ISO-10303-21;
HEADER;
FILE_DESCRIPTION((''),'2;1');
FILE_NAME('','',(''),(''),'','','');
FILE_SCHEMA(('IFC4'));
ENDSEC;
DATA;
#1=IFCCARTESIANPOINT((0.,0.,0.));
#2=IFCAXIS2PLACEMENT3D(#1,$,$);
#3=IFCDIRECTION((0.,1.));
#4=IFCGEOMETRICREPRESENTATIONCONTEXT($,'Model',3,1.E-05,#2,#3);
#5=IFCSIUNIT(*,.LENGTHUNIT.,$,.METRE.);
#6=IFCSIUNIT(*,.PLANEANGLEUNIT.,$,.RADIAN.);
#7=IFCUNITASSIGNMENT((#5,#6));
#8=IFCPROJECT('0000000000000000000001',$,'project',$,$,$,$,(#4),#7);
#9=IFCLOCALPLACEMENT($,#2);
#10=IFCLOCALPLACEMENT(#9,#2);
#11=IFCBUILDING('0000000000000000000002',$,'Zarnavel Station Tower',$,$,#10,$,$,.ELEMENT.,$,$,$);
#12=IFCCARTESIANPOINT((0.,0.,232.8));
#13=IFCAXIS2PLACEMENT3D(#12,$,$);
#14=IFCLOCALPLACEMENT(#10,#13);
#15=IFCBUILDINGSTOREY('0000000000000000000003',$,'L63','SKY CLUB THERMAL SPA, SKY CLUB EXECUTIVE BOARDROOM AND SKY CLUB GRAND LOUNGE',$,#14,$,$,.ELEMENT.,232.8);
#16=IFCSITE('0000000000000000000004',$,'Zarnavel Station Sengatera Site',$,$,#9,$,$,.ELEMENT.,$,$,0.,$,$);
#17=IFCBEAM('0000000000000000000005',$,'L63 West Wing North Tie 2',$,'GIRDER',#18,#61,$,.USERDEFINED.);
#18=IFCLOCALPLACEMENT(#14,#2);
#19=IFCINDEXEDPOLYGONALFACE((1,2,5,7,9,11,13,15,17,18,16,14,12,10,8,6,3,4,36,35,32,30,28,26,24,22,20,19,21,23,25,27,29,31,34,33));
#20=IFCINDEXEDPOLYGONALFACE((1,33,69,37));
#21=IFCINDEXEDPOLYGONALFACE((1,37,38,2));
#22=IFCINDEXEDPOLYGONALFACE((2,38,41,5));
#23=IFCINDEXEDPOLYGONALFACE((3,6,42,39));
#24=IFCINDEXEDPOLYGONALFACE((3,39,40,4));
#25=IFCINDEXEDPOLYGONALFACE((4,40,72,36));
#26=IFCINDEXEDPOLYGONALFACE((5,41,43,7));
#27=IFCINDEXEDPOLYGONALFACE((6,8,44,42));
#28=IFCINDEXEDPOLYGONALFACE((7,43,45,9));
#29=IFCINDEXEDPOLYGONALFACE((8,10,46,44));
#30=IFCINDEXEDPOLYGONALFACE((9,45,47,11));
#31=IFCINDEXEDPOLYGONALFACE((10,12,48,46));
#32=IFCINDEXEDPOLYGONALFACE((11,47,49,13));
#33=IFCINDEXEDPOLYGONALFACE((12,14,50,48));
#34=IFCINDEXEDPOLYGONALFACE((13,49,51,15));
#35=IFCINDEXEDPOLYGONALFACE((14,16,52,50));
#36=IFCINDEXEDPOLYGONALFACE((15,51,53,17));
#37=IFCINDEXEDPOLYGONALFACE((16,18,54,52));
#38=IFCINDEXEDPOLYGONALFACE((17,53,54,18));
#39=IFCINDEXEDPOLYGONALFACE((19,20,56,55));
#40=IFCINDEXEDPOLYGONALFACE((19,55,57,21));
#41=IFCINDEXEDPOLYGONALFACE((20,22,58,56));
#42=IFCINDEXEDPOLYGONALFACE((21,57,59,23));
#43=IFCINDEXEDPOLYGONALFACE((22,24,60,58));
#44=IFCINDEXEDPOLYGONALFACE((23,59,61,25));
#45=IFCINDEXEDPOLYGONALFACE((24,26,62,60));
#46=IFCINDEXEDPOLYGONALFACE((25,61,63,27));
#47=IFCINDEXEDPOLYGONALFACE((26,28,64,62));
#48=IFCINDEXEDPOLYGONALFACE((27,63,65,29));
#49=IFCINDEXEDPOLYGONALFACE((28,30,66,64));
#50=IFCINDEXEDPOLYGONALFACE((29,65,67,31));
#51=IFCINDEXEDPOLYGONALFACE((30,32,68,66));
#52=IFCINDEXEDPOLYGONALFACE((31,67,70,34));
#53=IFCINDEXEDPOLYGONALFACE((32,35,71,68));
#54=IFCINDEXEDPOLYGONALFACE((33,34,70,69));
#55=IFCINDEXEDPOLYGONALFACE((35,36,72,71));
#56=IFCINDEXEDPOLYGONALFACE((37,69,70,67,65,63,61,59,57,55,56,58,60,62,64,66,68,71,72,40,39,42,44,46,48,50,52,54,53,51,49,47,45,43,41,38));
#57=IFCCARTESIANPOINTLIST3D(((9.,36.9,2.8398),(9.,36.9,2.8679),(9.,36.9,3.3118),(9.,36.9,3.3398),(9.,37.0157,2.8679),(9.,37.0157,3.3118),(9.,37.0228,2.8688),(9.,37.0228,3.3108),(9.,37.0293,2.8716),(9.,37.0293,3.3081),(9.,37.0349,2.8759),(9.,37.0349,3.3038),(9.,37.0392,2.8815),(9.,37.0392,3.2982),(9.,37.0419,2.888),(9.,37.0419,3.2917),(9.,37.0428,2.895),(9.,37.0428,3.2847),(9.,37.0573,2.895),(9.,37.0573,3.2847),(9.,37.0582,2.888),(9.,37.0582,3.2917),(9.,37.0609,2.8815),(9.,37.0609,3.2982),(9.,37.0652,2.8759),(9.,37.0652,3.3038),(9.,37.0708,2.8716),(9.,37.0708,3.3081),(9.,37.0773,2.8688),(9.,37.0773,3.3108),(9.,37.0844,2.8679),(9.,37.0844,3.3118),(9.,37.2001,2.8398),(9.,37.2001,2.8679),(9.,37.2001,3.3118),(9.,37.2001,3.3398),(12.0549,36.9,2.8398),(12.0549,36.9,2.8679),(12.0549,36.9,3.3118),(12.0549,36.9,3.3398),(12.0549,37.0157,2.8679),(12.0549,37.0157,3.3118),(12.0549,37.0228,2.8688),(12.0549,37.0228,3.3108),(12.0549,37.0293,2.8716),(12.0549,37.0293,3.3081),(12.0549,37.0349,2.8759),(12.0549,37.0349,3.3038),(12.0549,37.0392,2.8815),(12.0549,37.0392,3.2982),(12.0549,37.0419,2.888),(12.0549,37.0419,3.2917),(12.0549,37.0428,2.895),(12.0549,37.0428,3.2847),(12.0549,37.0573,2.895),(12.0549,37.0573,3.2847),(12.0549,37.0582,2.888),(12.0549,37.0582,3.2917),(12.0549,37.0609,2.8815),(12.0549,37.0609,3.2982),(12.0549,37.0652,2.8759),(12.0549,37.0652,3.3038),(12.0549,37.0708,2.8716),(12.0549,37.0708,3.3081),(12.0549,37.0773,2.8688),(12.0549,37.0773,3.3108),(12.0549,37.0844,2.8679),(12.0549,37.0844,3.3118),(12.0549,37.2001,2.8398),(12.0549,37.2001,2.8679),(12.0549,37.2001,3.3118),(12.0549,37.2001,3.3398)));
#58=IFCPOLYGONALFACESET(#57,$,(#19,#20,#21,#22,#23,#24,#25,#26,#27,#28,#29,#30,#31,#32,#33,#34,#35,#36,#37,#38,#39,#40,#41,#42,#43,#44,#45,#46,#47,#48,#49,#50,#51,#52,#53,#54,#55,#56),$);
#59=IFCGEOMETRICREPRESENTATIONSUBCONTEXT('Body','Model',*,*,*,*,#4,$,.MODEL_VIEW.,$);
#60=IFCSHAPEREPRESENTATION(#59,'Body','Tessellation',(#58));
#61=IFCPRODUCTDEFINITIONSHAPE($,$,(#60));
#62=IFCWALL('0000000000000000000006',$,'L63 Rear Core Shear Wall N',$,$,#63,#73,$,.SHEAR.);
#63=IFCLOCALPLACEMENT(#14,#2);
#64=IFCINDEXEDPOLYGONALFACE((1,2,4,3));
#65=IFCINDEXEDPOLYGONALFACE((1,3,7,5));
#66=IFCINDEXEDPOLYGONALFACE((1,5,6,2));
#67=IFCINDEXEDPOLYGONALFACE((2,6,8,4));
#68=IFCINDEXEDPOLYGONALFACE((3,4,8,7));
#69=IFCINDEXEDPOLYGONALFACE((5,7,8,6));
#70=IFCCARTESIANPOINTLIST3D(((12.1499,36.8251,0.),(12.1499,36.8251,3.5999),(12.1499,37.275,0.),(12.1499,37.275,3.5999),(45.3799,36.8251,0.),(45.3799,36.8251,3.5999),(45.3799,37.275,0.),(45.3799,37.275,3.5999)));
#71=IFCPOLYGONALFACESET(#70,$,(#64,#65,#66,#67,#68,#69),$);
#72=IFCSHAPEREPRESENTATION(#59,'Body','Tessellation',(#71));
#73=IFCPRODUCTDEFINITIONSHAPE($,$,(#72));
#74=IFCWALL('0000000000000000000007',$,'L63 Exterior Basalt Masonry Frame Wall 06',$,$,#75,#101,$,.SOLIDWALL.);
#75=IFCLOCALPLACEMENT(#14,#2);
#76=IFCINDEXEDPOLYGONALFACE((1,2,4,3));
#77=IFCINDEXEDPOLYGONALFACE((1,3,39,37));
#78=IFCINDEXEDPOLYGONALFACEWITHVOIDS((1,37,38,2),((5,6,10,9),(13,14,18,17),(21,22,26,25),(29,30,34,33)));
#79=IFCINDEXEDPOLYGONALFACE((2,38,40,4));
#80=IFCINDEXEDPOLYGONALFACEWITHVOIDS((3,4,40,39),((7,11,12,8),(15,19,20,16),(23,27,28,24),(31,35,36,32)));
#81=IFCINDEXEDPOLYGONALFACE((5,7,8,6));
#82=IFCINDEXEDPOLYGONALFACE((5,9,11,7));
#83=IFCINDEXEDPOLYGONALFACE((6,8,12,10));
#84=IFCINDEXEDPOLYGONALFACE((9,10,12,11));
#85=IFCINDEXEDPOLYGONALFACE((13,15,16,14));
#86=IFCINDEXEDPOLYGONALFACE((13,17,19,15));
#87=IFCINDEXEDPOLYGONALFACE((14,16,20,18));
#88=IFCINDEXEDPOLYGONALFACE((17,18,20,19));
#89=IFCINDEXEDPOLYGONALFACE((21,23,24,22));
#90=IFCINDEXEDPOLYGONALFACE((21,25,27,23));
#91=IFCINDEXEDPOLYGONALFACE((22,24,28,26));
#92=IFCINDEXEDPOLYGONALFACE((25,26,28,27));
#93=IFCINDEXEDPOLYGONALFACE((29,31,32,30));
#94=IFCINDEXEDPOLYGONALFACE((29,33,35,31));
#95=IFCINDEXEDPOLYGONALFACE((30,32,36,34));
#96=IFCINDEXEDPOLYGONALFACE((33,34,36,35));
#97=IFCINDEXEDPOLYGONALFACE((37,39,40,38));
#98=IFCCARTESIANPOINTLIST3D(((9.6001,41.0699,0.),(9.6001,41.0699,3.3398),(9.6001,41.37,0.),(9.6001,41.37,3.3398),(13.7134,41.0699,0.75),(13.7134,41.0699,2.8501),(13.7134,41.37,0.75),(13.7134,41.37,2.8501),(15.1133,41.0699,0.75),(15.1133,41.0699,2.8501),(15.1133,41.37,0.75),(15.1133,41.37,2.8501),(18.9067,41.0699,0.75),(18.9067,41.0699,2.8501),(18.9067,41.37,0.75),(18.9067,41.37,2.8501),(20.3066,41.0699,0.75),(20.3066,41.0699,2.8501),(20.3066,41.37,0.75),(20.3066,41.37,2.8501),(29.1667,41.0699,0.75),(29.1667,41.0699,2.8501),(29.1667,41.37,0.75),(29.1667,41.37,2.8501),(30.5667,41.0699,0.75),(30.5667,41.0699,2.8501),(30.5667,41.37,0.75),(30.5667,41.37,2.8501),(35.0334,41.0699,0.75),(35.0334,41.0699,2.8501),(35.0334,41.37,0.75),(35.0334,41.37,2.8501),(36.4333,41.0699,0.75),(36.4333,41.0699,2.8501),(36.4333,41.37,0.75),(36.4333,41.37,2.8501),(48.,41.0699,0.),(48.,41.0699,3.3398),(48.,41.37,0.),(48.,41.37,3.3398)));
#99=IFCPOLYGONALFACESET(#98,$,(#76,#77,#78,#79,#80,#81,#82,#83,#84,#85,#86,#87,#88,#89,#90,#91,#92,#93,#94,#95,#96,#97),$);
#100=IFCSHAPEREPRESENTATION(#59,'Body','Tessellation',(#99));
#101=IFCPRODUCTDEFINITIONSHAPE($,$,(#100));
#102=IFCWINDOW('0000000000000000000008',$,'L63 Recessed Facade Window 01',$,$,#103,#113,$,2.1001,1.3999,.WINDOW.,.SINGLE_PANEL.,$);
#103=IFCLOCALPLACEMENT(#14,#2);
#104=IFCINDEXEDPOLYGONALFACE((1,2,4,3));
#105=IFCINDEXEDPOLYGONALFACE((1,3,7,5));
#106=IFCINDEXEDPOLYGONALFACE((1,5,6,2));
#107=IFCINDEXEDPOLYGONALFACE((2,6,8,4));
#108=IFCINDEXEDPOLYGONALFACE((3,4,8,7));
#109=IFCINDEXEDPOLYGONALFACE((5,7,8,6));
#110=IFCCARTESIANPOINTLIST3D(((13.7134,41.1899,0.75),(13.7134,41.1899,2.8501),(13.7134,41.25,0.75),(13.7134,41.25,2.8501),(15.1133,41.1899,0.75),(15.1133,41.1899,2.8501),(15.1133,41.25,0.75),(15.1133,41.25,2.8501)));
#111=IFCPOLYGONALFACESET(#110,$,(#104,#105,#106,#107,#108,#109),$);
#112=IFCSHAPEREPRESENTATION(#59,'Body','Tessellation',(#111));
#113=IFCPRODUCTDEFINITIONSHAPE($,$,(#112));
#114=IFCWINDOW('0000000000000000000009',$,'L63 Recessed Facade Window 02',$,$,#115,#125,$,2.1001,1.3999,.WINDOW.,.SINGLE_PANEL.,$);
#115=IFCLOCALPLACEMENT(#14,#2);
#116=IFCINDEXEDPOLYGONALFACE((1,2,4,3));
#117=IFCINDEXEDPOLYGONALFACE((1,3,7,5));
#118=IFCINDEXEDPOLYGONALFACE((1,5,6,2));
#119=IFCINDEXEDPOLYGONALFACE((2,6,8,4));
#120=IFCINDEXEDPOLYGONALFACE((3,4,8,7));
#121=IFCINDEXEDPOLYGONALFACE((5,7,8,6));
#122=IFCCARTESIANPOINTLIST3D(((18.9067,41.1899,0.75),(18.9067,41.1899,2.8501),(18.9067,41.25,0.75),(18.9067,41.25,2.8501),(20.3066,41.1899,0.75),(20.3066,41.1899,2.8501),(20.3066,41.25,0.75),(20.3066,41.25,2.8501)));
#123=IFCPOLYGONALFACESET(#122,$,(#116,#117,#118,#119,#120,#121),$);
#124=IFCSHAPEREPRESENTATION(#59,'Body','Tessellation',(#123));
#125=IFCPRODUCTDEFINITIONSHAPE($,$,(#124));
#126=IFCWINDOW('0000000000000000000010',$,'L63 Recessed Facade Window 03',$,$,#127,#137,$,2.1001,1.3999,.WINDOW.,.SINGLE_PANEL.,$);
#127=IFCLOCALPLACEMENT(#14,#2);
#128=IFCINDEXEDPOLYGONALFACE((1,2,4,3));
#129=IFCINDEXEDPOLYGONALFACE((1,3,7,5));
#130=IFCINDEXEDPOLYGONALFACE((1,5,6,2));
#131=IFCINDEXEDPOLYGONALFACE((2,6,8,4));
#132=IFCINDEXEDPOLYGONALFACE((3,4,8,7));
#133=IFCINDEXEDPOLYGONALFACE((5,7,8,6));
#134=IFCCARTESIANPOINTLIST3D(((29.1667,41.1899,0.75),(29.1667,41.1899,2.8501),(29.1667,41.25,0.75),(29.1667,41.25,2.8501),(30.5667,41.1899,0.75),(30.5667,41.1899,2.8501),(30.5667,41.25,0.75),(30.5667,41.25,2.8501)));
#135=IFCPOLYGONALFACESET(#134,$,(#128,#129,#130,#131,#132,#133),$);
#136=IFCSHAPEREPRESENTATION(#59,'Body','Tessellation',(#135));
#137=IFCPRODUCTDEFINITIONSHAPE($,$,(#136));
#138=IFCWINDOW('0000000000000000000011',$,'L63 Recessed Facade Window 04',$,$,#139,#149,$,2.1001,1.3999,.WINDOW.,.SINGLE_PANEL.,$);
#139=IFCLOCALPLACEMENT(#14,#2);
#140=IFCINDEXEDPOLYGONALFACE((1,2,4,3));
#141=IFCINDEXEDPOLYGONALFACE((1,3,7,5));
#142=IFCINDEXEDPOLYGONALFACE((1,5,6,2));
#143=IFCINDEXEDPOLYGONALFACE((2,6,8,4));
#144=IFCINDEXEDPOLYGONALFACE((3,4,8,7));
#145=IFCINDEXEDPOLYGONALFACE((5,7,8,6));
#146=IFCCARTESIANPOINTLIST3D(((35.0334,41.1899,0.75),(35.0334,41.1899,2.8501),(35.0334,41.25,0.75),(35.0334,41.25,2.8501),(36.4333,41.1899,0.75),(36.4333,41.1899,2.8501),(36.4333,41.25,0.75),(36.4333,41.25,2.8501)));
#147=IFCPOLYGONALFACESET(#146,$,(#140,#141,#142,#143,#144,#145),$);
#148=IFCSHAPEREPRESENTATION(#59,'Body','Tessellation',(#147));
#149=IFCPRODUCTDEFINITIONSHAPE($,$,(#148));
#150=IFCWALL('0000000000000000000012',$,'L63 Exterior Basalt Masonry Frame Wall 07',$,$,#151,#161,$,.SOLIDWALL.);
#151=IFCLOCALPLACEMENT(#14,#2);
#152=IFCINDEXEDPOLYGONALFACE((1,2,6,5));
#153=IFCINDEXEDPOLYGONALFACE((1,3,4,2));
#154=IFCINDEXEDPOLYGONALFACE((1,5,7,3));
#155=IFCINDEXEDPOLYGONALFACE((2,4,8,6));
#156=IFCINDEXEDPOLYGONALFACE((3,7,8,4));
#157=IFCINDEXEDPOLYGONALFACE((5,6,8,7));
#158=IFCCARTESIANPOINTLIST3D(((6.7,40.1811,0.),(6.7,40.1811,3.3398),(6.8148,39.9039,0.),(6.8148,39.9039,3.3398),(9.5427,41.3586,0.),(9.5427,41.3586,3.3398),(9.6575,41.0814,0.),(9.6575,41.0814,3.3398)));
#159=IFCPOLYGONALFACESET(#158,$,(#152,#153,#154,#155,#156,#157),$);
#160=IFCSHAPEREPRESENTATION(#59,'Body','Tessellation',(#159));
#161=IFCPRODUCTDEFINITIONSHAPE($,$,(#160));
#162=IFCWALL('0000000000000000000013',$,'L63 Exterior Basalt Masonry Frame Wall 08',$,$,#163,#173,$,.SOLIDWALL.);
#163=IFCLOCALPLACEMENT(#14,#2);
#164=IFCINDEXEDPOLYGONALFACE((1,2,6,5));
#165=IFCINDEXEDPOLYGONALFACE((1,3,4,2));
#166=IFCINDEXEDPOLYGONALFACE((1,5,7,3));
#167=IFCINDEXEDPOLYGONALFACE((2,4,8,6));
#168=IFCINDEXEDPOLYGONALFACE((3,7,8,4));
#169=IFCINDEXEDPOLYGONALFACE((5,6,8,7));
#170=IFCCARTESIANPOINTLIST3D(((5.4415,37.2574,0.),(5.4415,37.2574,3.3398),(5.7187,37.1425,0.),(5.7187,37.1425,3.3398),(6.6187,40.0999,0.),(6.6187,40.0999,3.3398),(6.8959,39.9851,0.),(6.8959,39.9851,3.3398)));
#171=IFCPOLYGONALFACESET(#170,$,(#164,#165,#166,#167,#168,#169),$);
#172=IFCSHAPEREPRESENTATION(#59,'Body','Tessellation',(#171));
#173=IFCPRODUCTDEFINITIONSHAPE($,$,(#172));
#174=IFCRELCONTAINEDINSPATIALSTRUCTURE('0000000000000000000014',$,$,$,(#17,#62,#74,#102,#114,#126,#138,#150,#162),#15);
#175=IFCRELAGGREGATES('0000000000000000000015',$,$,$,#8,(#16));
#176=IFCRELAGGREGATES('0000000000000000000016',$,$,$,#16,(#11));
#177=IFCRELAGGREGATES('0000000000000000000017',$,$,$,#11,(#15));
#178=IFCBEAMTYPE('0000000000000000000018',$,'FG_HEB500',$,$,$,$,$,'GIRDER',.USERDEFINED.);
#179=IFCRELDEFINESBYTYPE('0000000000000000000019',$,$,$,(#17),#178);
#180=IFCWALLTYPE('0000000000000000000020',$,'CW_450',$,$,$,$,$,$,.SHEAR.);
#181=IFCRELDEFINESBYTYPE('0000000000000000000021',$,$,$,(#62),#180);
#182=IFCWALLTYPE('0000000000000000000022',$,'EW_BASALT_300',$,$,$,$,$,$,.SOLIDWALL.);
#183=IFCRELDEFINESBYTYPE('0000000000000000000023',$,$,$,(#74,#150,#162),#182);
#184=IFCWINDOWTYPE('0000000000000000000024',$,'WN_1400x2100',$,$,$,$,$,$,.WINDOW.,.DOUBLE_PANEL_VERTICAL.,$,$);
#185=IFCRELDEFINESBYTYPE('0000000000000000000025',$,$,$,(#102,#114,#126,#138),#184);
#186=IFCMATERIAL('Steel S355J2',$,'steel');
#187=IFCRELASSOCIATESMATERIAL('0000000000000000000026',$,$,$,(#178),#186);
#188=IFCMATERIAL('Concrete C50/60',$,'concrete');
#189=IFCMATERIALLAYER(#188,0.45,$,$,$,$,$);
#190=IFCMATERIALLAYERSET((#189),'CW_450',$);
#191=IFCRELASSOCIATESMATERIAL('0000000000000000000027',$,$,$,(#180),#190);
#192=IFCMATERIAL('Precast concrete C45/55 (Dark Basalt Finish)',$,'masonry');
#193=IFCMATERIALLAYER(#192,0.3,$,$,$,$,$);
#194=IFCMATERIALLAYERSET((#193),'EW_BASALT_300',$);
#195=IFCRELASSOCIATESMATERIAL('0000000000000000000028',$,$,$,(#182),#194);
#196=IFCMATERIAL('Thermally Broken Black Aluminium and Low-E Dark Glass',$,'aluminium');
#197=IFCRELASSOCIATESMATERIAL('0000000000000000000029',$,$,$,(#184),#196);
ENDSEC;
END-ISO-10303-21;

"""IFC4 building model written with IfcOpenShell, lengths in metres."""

from ifc_helpers import new_model, si_unit, direction, frame, frame_2d, origin, origin_2d, place, context, subcontext, project, spatial, rectangle, i_section, extrude, material, layer, layer_set, material_profile, profile_set, type_object, element, fill, save


model = new_model("IFC4")

# Units and contexts
model_context = context("Model", 3, precision=1e-05, world=origin(), true_north=direction((0.0, 1.0)))
body_context = subcontext(model_context, "Body", "Model", "MODEL_VIEW")
ifc_project = project(units=[si_unit("LENGTHUNIT", "METRE"), si_unit("PLANEANGLEUNIT", "RADIAN")], contexts=[model_context])

# Site, building, storey
site_placement = place(None, origin())
site = spatial("IfcSite", under=ifc_project, at=site_placement, Name="Zarnavel Station Sengatera Site", CompositionType="ELEMENT", RefElevation=0.0)
building_placement = place(site_placement, origin())
building = spatial("IfcBuilding", under=site, at=building_placement, Name="Zarnavel Station Tower", CompositionType="ELEMENT")
storey_placement = place(building_placement, frame((0.0, 0.0, 232.8)))
storey = spatial("IfcBuildingStorey", under=building, at=storey_placement, Name="L63", Description="SKY CLUB THERMAL SPA, SKY CLUB EXECUTIVE BOARDROOM AND SKY CLUB GRAND LOUNGE", CompositionType="ELEMENT", Elevation=232.8)

# Beam
ifc_material_1 = material(Name="Steel S355J2", Category="steel")
ifc_material_profile_1 = material_profile(ifc_material_1, i_section(OverallWidth=0.3, OverallDepth=0.5, WebThickness=0.0144, FlangeThickness=0.0281, FilletRadius=0.0271, at=origin_2d()), Name="HEB500")
ifc_profile_set_1 = profile_set([ifc_material_profile_1], Name="Steel S355J2")
beam_type = type_object("IfcBeamType", Name="FG_HEB500", ElementType="GIRDER", PredefinedType="USERDEFINED", material=ifc_profile_set_1)
beam_1_placement = place(storey_placement, frame((9.0, 37.05, 3.0898), z_axis=(1.0, 0.0, 0.0), x_axis=(0.0, 1.0, 0.0)))
element("IfcBeam", 1, at=beam_1_placement, inside=storey, type_object=beam_type, Name="L63 West Wing North Tie 2", ObjectType="GIRDER", PredefinedType="USERDEFINED", context=body_context, shape_type="SweptSolid", body=[
    extrude(i_section(OverallWidth=0.3, OverallDepth=0.5, WebThickness=0.0144, FlangeThickness=0.0281, FilletRadius=0.0271, at=origin_2d()), origin(), (0.0, 0.0, 1.0), 3.0549),
])

# Wall
ifc_material_2 = material(Name="Concrete C50/60", Category="concrete")
ifc_layer_1 = layer(ifc_material_2, 0.45)
ifc_layer_set_1 = layer_set([ifc_layer_1], Name="CW_450")
wall_type_1 = type_object("IfcWallType", Name="CW_450", PredefinedType="SHEAR", material=ifc_layer_set_1)
wall_1_placement = place(storey_placement, frame((12.1499, 37.05, 0.0), z_axis=(0.0, 0.0, 1.0), x_axis=(1.0, 0.0, 0.0)))
element("IfcWall", 2, at=wall_1_placement, inside=storey, type_object=wall_type_1, Name="L63 Rear Core Shear Wall N", PredefinedType="SHEAR", context=body_context, shape_type="SweptSolid", body=[
    extrude(rectangle(XDim=33.23, YDim=0.45, at=frame_2d((16.615, 0.0))), origin(), (0.0, 0.0, 1.0), 3.5999),
])

# Wall, openings, windows
ifc_material_3 = material(Name="Precast concrete C45/55 (Dark Basalt Finish)", Category="masonry")
ifc_layer_2 = layer(ifc_material_3, 0.3)
ifc_layer_set_2 = layer_set([ifc_layer_2], Name="EW_BASALT_300")
wall_type_2 = type_object("IfcWallType", Name="EW_BASALT_300", PredefinedType="SOLIDWALL", material=ifc_layer_set_2)
wall_2_placement = place(storey_placement, frame((9.6001, 41.22, 0.0), z_axis=(0.0, 0.0, 1.0), x_axis=(1.0, 0.0, 0.0)))
wall_2 = element("IfcWall", 3, at=wall_2_placement, inside=storey, type_object=wall_type_2, Name="L63 Exterior Basalt Masonry Frame Wall 06", PredefinedType="SOLIDWALL", context=body_context, shape_type="SweptSolid", body=[
    extrude(rectangle(XDim=38.3999, YDim=0.3, at=frame_2d((19.2, 0.0))), origin(), (0.0, 0.0, 1.0), 3.3398),
])
opening_1_placement = place(wall_2_placement, frame((4.1133, 0.0, 0.75)))
opening_1 = element("IfcOpeningElement", 4, at=opening_1_placement, cuts=wall_2, PredefinedType="OPENING", context=body_context, shape_type="SweptSolid", body=[
    extrude(rectangle(XDim=1.3999, YDim=2.1001, at=frame_2d((0.7, 1.05))), frame((0.0, 0.1599, 0.0), z_axis=(0.0, -1.0, 0.0), x_axis=(1.0, 0.0, 0.0)), (0.0, 0.0, 1.0), 0.3201),
])
opening_2_placement = place(wall_2_placement, frame((9.3066, 0.0, 0.75)))
opening_2 = element("IfcOpeningElement", 5, at=opening_2_placement, cuts=wall_2, PredefinedType="OPENING", context=body_context, shape_type="SweptSolid", body=[
    extrude(rectangle(XDim=1.3999, YDim=2.1001, at=frame_2d((0.7, 1.05))), frame((0.0, 0.1599, 0.0), z_axis=(0.0, -1.0, 0.0), x_axis=(1.0, 0.0, 0.0)), (0.0, 0.0, 1.0), 0.3201),
])
opening_3_placement = place(wall_2_placement, frame((19.5667, 0.0, 0.75)))
opening_3 = element("IfcOpeningElement", 6, at=opening_3_placement, cuts=wall_2, PredefinedType="OPENING", context=body_context, shape_type="SweptSolid", body=[
    extrude(rectangle(XDim=1.3999, YDim=2.1001, at=frame_2d((0.7, 1.05))), frame((0.0, 0.1599, 0.0), z_axis=(0.0, -1.0, 0.0), x_axis=(1.0, 0.0, 0.0)), (0.0, 0.0, 1.0), 0.3201),
])
opening_4_placement = place(wall_2_placement, frame((25.4333, 0.0, 0.75)))
opening_4 = element("IfcOpeningElement", 7, at=opening_4_placement, cuts=wall_2, PredefinedType="OPENING", context=body_context, shape_type="SweptSolid", body=[
    extrude(rectangle(XDim=1.3999, YDim=2.1001, at=frame_2d((0.7, 1.05))), frame((0.0, 0.1599, 0.0), z_axis=(0.0, -1.0, 0.0), x_axis=(1.0, 0.0, 0.0)), (0.0, 0.0, 1.0), 0.3201),
])
ifc_material_4 = material(Name="Thermally Broken Black Aluminium and Low-E Dark Glass", Category="aluminium")
window_type = type_object("IfcWindowType", Name="WN_1400x2100", PartitioningType="DOUBLE_PANEL_VERTICAL", PredefinedType="WINDOW", material=ifc_material_4)
window_1_placement = place(opening_1_placement, origin())
window_1 = element("IfcWindow", 8, at=window_1_placement, inside=storey, type_object=window_type, Name="L63 Recessed Facade Window 01", OverallHeight=2.1001, OverallWidth=1.3999, PartitioningType="SINGLE_PANEL", PredefinedType="WINDOW", context=body_context, shape_type="SweptSolid", body=[
    extrude(rectangle(XDim=1.3999, YDim=2.1001, at=frame_2d((0.7, 1.05))), frame((0.0, 0.03, 0.0), z_axis=(0.0, -1.0, 0.0), x_axis=(1.0, 0.0, 0.0)), (0.0, 0.0, 1.0), 0.0601),
])
fill(opening_1, window_1)
window_2_placement = place(opening_2_placement, origin())
window_2 = element("IfcWindow", 9, at=window_2_placement, inside=storey, type_object=window_type, Name="L63 Recessed Facade Window 02", OverallHeight=2.1001, OverallWidth=1.3999, PartitioningType="SINGLE_PANEL", PredefinedType="WINDOW", context=body_context, shape_type="SweptSolid", body=[
    extrude(rectangle(XDim=1.3999, YDim=2.1001, at=frame_2d((0.7, 1.05))), frame((0.0, 0.03, 0.0), z_axis=(0.0, -1.0, 0.0), x_axis=(1.0, 0.0, 0.0)), (0.0, 0.0, 1.0), 0.0601),
])
fill(opening_2, window_2)
window_3_placement = place(opening_3_placement, origin())
window_3 = element("IfcWindow", 10, at=window_3_placement, inside=storey, type_object=window_type, Name="L63 Recessed Facade Window 03", OverallHeight=2.1001, OverallWidth=1.3999, PartitioningType="SINGLE_PANEL", PredefinedType="WINDOW", context=body_context, shape_type="SweptSolid", body=[
    extrude(rectangle(XDim=1.3999, YDim=2.1001, at=frame_2d((0.7, 1.05))), frame((0.0, 0.03, 0.0), z_axis=(0.0, -1.0, 0.0), x_axis=(1.0, 0.0, 0.0)), (0.0, 0.0, 1.0), 0.0601),
])
fill(opening_3, window_3)
window_4_placement = place(opening_4_placement, origin())
window_4 = element("IfcWindow", 11, at=window_4_placement, inside=storey, type_object=window_type, Name="L63 Recessed Facade Window 04", OverallHeight=2.1001, OverallWidth=1.3999, PartitioningType="SINGLE_PANEL", PredefinedType="WINDOW", context=body_context, shape_type="SweptSolid", body=[
    extrude(rectangle(XDim=1.3999, YDim=2.1001, at=frame_2d((0.7, 1.05))), frame((0.0, 0.03, 0.0), z_axis=(0.0, -1.0, 0.0), x_axis=(1.0, 0.0, 0.0)), (0.0, 0.0, 1.0), 0.0601),
])
fill(opening_4, window_4)

# Walls
wall_3_placement = place(storey_placement, frame((6.7573, 40.0425, 0.0), z_axis=(0.0, 0.0, 1.0), x_axis=(0.923882, 0.382676, 0.0)))
element("IfcWall", 12, at=wall_3_placement, inside=storey, type_object=wall_type_2, Name="L63 Exterior Basalt Masonry Frame Wall 07", PredefinedType="SOLIDWALL", context=body_context, shape_type="SweptSolid", body=[
    extrude(rectangle(XDim=3.0769, YDim=0.3, at=frame_2d((1.5386, 0.0))), origin(), (0.0, 0.0, 1.0), 3.3398),
])
wall_4_placement = place(storey_placement, frame((5.5801, 37.2, 0.0), z_axis=(0.0, 0.0, 1.0), x_axis=(0.382637, 0.923899, 0.0)))
element("IfcWall", 13, at=wall_4_placement, inside=storey, type_object=wall_type_2, Name="L63 Exterior Basalt Masonry Frame Wall 08", PredefinedType="SOLIDWALL", context=body_context, shape_type="SweptSolid", body=[
    extrude(rectangle(XDim=3.0767, YDim=0.3, at=frame_2d((1.5383, 0.0))), origin(), (0.0, 0.0, 1.0), 3.3398),
])

save(model, "model.ifc")
